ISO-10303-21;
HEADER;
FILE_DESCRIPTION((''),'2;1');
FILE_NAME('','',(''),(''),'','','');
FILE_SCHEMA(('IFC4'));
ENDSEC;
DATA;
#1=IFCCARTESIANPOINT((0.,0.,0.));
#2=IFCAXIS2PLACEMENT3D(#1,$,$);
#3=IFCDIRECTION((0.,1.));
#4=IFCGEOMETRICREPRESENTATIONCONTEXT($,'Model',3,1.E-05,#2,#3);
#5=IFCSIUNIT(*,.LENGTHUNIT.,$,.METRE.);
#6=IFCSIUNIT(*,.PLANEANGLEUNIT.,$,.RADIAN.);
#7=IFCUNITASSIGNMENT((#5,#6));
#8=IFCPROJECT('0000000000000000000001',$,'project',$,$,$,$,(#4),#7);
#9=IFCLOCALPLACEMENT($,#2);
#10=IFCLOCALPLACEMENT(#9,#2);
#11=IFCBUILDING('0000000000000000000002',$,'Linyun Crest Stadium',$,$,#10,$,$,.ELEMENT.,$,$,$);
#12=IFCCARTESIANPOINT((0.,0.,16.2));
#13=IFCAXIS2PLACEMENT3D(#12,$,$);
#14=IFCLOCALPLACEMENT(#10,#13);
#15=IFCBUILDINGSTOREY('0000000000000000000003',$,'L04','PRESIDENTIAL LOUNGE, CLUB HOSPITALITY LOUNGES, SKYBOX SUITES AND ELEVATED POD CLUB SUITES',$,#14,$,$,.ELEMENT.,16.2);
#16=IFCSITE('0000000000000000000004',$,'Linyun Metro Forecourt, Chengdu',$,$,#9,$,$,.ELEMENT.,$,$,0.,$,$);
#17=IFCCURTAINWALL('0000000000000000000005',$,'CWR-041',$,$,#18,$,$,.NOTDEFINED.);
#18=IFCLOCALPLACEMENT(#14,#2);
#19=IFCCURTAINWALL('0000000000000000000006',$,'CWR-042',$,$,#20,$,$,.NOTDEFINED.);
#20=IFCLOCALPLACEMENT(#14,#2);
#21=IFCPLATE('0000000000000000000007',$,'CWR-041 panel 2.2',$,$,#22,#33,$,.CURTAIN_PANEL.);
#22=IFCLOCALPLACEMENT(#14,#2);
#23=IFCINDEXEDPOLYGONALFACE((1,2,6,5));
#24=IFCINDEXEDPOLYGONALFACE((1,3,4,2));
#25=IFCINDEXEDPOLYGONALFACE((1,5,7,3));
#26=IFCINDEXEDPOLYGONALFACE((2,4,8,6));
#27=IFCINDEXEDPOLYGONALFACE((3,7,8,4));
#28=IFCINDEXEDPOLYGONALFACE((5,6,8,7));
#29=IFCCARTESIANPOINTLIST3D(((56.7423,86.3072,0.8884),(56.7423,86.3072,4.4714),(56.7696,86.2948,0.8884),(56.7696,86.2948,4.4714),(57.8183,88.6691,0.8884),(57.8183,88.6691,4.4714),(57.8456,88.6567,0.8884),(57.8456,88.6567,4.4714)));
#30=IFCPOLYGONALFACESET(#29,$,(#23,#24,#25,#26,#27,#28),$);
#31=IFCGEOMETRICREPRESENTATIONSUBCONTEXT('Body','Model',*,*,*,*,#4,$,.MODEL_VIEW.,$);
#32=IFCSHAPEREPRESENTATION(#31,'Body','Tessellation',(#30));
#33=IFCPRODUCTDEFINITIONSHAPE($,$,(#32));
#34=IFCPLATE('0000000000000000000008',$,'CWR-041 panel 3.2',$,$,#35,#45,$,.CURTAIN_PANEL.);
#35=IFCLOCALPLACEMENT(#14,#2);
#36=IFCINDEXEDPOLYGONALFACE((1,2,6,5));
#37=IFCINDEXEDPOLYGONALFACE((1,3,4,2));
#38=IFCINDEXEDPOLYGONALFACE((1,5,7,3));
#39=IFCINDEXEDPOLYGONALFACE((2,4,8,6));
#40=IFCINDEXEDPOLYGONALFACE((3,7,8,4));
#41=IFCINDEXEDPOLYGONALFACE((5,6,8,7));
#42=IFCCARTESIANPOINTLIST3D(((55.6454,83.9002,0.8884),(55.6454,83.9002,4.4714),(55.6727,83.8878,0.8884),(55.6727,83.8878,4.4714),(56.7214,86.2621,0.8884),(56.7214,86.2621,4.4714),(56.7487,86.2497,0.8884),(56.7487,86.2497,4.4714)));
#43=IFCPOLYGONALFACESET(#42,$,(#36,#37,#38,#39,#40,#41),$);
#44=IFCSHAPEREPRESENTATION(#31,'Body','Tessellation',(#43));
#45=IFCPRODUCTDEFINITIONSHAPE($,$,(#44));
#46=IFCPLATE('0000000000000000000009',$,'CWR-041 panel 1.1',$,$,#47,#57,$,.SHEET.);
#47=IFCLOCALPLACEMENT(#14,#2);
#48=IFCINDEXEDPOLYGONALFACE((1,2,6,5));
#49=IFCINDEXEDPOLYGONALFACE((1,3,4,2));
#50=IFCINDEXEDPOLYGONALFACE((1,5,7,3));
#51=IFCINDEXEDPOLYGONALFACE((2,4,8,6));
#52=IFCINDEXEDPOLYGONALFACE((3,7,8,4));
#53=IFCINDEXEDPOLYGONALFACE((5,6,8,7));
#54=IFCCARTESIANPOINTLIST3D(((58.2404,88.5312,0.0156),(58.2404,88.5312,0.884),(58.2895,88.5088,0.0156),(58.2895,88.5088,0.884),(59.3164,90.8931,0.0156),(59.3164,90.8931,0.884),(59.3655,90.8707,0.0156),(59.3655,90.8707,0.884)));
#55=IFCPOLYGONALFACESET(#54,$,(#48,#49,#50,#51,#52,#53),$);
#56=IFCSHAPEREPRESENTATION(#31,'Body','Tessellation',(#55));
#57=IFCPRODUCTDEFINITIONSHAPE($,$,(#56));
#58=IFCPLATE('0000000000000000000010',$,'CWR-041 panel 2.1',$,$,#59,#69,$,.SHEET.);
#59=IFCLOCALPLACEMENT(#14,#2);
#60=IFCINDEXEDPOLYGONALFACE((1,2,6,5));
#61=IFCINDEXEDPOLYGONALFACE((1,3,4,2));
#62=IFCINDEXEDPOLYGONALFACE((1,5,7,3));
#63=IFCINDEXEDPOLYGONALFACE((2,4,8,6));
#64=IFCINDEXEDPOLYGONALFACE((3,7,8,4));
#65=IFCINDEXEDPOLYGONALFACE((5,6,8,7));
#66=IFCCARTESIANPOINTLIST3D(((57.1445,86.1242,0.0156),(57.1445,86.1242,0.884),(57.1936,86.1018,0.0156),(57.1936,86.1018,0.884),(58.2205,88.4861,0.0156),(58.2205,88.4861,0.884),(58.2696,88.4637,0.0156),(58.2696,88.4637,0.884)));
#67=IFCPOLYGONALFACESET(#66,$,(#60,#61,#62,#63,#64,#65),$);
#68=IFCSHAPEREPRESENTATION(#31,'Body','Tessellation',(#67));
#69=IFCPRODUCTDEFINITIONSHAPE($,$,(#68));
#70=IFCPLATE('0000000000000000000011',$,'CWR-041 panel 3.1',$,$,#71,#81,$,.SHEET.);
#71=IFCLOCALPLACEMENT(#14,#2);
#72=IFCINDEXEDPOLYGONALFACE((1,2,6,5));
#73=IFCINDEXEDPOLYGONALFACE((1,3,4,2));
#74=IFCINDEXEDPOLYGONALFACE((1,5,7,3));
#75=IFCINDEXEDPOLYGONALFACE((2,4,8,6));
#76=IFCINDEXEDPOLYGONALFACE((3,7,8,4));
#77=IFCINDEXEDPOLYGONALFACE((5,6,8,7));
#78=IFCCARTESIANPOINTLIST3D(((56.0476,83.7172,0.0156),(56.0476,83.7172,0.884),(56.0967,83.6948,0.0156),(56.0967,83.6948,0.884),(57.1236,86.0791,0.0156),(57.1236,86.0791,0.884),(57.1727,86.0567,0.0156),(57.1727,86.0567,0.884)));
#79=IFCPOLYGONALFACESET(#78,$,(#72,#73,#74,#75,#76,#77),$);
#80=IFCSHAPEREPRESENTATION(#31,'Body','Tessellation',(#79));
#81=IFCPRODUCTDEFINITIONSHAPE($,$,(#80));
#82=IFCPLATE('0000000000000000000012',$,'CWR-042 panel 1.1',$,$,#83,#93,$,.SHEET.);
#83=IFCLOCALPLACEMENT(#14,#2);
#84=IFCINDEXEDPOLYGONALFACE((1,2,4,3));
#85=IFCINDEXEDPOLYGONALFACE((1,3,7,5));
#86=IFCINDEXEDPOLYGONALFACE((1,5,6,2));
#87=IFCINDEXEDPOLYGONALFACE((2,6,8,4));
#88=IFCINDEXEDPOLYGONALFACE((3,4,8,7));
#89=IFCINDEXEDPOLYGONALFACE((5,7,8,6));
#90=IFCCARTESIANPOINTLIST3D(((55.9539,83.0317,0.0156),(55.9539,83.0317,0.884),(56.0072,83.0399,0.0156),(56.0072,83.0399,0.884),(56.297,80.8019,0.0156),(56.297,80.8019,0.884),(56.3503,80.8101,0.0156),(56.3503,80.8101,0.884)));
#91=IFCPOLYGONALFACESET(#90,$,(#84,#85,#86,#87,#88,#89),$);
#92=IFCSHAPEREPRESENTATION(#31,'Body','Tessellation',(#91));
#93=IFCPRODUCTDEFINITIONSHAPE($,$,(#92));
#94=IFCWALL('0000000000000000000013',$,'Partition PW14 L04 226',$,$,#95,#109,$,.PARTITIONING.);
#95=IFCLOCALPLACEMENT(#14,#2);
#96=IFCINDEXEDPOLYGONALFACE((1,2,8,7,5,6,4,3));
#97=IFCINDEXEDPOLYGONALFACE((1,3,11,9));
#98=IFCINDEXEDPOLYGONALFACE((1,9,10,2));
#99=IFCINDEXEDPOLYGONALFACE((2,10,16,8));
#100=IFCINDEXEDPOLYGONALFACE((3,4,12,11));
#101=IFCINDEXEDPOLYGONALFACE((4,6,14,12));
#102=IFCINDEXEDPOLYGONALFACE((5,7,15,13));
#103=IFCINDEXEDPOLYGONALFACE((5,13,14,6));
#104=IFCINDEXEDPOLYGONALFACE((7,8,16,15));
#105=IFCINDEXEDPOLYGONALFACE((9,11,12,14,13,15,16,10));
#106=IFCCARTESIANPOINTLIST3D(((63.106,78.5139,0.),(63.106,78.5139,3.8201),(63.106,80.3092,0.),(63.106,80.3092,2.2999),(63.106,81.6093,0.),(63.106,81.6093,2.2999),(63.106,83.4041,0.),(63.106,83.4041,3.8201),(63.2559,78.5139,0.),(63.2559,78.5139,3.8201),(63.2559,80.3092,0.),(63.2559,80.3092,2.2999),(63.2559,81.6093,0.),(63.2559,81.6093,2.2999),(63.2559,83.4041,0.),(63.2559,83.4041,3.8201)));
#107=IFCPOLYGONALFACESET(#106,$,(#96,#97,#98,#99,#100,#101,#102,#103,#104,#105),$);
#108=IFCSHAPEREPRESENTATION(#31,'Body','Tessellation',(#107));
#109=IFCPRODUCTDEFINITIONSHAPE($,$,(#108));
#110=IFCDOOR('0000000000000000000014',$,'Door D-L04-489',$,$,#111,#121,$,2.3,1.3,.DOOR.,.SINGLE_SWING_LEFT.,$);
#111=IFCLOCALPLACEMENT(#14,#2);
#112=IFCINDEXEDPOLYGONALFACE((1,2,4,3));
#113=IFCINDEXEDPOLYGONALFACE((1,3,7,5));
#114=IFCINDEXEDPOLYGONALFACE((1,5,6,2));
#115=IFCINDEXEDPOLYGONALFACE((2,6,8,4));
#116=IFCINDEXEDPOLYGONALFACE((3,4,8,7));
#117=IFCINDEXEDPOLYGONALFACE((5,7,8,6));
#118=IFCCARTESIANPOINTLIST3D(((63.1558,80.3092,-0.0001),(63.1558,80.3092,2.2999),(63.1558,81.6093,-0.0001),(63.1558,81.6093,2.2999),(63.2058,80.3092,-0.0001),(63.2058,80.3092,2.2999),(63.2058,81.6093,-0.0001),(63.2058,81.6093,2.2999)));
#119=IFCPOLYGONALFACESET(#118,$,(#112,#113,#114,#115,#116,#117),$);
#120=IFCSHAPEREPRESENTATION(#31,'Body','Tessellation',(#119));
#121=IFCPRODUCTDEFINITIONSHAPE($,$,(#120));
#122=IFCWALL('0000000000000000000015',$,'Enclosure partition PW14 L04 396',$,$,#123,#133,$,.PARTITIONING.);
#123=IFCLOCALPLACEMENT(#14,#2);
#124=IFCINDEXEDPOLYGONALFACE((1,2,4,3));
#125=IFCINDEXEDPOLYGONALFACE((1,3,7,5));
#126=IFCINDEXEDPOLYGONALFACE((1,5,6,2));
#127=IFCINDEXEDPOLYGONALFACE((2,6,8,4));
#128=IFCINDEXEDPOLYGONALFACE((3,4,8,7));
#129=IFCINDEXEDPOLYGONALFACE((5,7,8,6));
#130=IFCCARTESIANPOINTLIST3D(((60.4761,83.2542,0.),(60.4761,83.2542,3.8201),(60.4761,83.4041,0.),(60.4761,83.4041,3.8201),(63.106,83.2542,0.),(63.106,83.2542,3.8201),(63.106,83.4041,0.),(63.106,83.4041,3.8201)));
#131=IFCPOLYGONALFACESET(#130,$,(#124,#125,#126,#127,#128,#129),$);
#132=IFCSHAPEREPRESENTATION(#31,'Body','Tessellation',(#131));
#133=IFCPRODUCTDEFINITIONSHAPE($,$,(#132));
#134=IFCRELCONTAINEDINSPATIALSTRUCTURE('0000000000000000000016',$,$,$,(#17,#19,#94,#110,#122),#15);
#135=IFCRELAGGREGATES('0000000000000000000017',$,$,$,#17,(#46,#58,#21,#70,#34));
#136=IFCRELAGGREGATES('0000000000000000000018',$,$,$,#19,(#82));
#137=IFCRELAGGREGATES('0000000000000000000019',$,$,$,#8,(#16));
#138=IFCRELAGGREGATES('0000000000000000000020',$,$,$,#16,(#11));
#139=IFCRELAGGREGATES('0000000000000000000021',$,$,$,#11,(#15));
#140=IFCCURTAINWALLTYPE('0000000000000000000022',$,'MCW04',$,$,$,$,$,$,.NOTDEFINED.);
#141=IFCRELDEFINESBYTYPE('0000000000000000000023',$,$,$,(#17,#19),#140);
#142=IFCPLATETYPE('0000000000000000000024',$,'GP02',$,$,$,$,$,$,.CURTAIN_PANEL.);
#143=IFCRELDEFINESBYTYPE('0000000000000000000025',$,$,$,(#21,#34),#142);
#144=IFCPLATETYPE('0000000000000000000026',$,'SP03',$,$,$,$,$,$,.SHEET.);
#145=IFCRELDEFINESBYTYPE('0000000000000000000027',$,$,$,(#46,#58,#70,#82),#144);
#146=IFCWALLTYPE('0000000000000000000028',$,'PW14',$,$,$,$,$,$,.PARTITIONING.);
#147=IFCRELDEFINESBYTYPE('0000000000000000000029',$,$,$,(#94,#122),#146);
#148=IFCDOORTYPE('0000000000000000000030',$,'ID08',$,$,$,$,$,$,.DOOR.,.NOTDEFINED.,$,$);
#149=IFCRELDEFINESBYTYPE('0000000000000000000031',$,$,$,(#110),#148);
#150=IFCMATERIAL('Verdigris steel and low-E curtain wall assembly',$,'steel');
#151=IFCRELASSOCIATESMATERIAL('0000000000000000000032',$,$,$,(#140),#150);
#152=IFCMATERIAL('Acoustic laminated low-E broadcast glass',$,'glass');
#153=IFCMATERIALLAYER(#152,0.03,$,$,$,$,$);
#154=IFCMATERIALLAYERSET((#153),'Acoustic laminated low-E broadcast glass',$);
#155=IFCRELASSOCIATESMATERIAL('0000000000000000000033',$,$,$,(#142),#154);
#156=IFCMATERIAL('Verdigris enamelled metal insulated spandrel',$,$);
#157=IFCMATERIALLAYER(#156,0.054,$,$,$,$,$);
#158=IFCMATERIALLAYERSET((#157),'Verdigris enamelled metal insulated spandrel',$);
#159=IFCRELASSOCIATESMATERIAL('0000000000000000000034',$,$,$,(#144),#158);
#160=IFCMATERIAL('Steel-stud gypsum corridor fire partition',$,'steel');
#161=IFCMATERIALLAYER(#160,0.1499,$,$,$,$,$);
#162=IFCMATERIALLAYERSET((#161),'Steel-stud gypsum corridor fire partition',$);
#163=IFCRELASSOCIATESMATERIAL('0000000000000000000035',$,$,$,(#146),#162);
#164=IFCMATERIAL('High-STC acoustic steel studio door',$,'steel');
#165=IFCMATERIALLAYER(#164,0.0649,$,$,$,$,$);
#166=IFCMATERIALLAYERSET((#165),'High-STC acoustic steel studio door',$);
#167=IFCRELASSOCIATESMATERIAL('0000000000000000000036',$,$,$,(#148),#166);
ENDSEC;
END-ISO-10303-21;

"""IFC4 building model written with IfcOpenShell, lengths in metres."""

from ifc_helpers import new_model, si_unit, direction, frame, frame_2d, origin, origin_2d, place, context, subcontext, project, spatial, rectangle, extrude, material, layer, layer_set, type_object, element, fill, aggregate, save


model = new_model("IFC4")

# Units and contexts
model_context = context("Model", 3, precision=1e-05, world=origin(), true_north=direction((0.0, 1.0)))
body_context = subcontext(model_context, "Body", "Model", "MODEL_VIEW")
ifc_project = project(units=[si_unit("LENGTHUNIT", "METRE"), si_unit("PLANEANGLEUNIT", "RADIAN")], contexts=[model_context])

# Site, building, storey
site_placement = place(None, origin())
site = spatial("IfcSite", under=ifc_project, at=site_placement, Name="Linyun Metro Forecourt, Chengdu", CompositionType="ELEMENT", RefElevation=0.0)
building_placement = place(site_placement, origin())
building = spatial("IfcBuilding", under=site, at=building_placement, Name="Linyun Crest Stadium", CompositionType="ELEMENT")
storey_placement = place(building_placement, frame((0.0, 0.0, 16.2)))
storey = spatial("IfcBuildingStorey", under=building, at=storey_placement, Name="L04", Description="PRESIDENTIAL LOUNGE, CLUB HOSPITALITY LOUNGES, SKYBOX SUITES AND ELEVATED POD CLUB SUITES", CompositionType="ELEMENT", Elevation=16.2)

# Curtain wall
ifc_material_1 = material(Name="Verdigris steel and low-E curtain wall assembly", Category="steel")
curtain_wall_type = type_object("IfcCurtainWallType", Name="MCW04", PredefinedType="NOTDEFINED", material=ifc_material_1)
curtain_wall_1_placement = place(storey_placement, origin())
curtain_wall_1 = element("IfcCurtainWall", 1, at=curtain_wall_1_placement, inside=storey, type_object=curtain_wall_type, Name="CWR-041", PredefinedType="NOTDEFINED")

# Curtain wall
curtain_wall_2_placement = place(storey_placement, origin())
curtain_wall_2 = element("IfcCurtainWall", 2, at=curtain_wall_2_placement, inside=storey, type_object=curtain_wall_type, Name="CWR-042", PredefinedType="NOTDEFINED")

# Plates
ifc_material_2 = material(Name="Acoustic laminated low-E broadcast glass", Category="glass")
ifc_layer_1 = layer(ifc_material_2, 0.03)
ifc_layer_set_1 = layer_set([ifc_layer_1], Name="Acoustic laminated low-E broadcast glass")
plate_type_1 = type_object("IfcPlateType", Name="GP02", PredefinedType="CURTAIN_PANEL", material=ifc_layer_set_1)
plate_1_placement = place(storey_placement, frame((57.2939, 87.4819, 0.8884), z_axis=(0.0, 0.0, 1.0), x_axis=(-0.414566, -0.910019, 0.0)))
plate_1 = element("IfcPlate", 3, at=plate_1_placement, type_object=plate_type_1, Name="CWR-041 panel 2.2", PredefinedType="CURTAIN_PANEL", context=body_context, shape_type="SweptSolid", body=[
    extrude(rectangle(XDim=2.5955, YDim=0.03, at=origin_2d()), origin(), (0.0, 0.0, 1.0), 3.583),
])
plate_2_placement = place(storey_placement, frame((56.197, 85.075, 0.8884), z_axis=(0.0, 0.0, 1.0), x_axis=(-0.414566, -0.910019, 0.0)))
plate_2 = element("IfcPlate", 4, at=plate_2_placement, type_object=plate_type_1, Name="CWR-041 panel 3.2", PredefinedType="CURTAIN_PANEL", context=body_context, shape_type="SweptSolid", body=[
    extrude(rectangle(XDim=2.5955, YDim=0.03, at=origin_2d()), origin(), (0.0, 0.0, 1.0), 3.583),
])
ifc_material_3 = material(Name="Verdigris enamelled metal insulated spandrel")
ifc_layer_2 = layer(ifc_material_3, 0.054)
ifc_layer_set_2 = layer_set([ifc_layer_2], Name="Verdigris enamelled metal insulated spandrel")
plate_type_2 = type_object("IfcPlateType", Name="SP03", PredefinedType="SHEET", material=ifc_layer_set_2)
plate_3_placement = place(storey_placement, frame((58.803, 89.7009, 0.0156), z_axis=(0.0, 0.0, 1.0), x_axis=(-0.414566, -0.910019, 0.0)))
plate_3 = element("IfcPlate", 5, at=plate_3_placement, type_object=plate_type_2, Name="CWR-041 panel 1.1", PredefinedType="SHEET", context=body_context, shape_type="SweptSolid", body=[
    extrude(rectangle(XDim=2.5955, YDim=0.054, at=origin_2d()), origin(), (0.0, 0.0, 1.0), 0.8684),
])
plate_4_placement = place(storey_placement, frame((57.707, 87.2939, 0.0156), z_axis=(0.0, 0.0, 1.0), x_axis=(-0.414566, -0.910019, 0.0)))
plate_4 = element("IfcPlate", 6, at=plate_4_placement, type_object=plate_type_2, Name="CWR-041 panel 2.1", PredefinedType="SHEET", context=body_context, shape_type="SweptSolid", body=[
    extrude(rectangle(XDim=2.5955, YDim=0.054, at=origin_2d()), origin(), (0.0, 0.0, 1.0), 0.8684),
])
plate_5_placement = place(storey_placement, frame((56.6101, 84.887, 0.0156), z_axis=(0.0, 0.0, 1.0), x_axis=(-0.414566, -0.910019, 0.0)))
plate_5 = element("IfcPlate", 7, at=plate_5_placement, type_object=plate_type_2, Name="CWR-041 panel 3.1", PredefinedType="SHEET", context=body_context, shape_type="SweptSolid", body=[
    extrude(rectangle(XDim=2.5955, YDim=0.054, at=origin_2d()), origin(), (0.0, 0.0, 1.0), 0.8684),
])
aggregate(curtain_wall_1, [plate_3, plate_4, plate_1, plate_5, plate_2])
plate_6_placement = place(storey_placement, frame((56.1521, 81.9209, 0.0156), z_axis=(0.0, 0.0, 1.0), x_axis=(0.152054, -0.988372, 0.0)))
plate_6 = element("IfcPlate", 8, at=plate_6_placement, type_object=plate_type_2, Name="CWR-042 panel 1.1", PredefinedType="SHEET", context=body_context, shape_type="SweptSolid", body=[
    extrude(rectangle(XDim=2.2561, YDim=0.054, at=origin_2d()), origin(), (0.0, 0.0, 1.0), 0.8684),
])
aggregate(curtain_wall_2, [plate_6])

# Wall, opening, door
ifc_material_4 = material(Name="Steel-stud gypsum corridor fire partition", Category="steel")
ifc_layer_3 = layer(ifc_material_4, 0.1499)
ifc_layer_set_3 = layer_set([ifc_layer_3], Name="Steel-stud gypsum corridor fire partition")
wall_type = type_object("IfcWallType", Name="PW14", PredefinedType="PARTITIONING", material=ifc_layer_set_3)
wall_1_placement = place(storey_placement, frame((63.1809, 83.4041, 0.0), z_axis=(0.0, 0.0, 1.0), x_axis=(0.0, -1.0, 0.0)))
wall_1 = element("IfcWall", 9, at=wall_1_placement, inside=storey, type_object=wall_type, Name="Partition PW14 L04 226", PredefinedType="PARTITIONING", context=body_context, shape_type="SweptSolid", body=[
    extrude(rectangle(XDim=4.8901, YDim=0.1499, at=frame_2d((2.4451, 0.0))), origin(), (0.0, 0.0, 1.0), 3.8201),
])
opening_placement = place(wall_1_placement, frame((1.7949, 0.0, 0.0)))
opening = element("IfcOpeningElement", 10, at=opening_placement, cuts=wall_1, PredefinedType="OPENING", context=body_context, shape_type="SweptSolid", body=[
    extrude(rectangle(XDim=1.3, YDim=2.3, at=frame_2d((0.6499, 1.1499))), frame((0.0, 0.085, 0.0), z_axis=(0.0, -1.0, 0.0), x_axis=(1.0, 0.0, 0.0)), (0.0, 0.0, 1.0), 0.1699),
])
ifc_material_5 = material(Name="High-STC acoustic steel studio door", Category="steel")
ifc_layer_4 = layer(ifc_material_5, 0.0649)
ifc_layer_set_4 = layer_set([ifc_layer_4], Name="High-STC acoustic steel studio door")
door_type = type_object("IfcDoorType", Name="ID08", OperationType="NOTDEFINED", PredefinedType="DOOR", material=ifc_layer_set_4)
door_placement = place(opening_placement, origin())
door = element("IfcDoor", 11, at=door_placement, inside=storey, type_object=door_type, Name="Door D-L04-489", OperationType="SINGLE_SWING_LEFT", OverallHeight=2.3, OverallWidth=1.3, PredefinedType="DOOR", context=body_context, shape_type="SweptSolid", body=[
    extrude(rectangle(XDim=1.3, YDim=2.3, at=frame_2d((0.6499, 1.1499))), frame((0.0, 0.0249, 0.0), z_axis=(0.0, -1.0, 0.0), x_axis=(1.0, 0.0, 0.0)), (0.0, 0.0, 1.0), 0.05),
])
fill(opening, door)

# Wall
wall_2_placement = place(storey_placement, frame((60.4761, 83.3291, 0.0), z_axis=(0.0, 0.0, 1.0), x_axis=(1.0, 0.0, 0.0)))
element("IfcWall", 12, at=wall_2_placement, inside=storey, type_object=wall_type, Name="Enclosure partition PW14 L04 396", PredefinedType="PARTITIONING", context=body_context, shape_type="SweptSolid", body=[
    extrude(rectangle(XDim=2.6299, YDim=0.1499, at=frame_2d((1.3149, 0.0))), origin(), (0.0, 0.0, 1.0), 3.8201),
])

save(model, "model.ifc")
